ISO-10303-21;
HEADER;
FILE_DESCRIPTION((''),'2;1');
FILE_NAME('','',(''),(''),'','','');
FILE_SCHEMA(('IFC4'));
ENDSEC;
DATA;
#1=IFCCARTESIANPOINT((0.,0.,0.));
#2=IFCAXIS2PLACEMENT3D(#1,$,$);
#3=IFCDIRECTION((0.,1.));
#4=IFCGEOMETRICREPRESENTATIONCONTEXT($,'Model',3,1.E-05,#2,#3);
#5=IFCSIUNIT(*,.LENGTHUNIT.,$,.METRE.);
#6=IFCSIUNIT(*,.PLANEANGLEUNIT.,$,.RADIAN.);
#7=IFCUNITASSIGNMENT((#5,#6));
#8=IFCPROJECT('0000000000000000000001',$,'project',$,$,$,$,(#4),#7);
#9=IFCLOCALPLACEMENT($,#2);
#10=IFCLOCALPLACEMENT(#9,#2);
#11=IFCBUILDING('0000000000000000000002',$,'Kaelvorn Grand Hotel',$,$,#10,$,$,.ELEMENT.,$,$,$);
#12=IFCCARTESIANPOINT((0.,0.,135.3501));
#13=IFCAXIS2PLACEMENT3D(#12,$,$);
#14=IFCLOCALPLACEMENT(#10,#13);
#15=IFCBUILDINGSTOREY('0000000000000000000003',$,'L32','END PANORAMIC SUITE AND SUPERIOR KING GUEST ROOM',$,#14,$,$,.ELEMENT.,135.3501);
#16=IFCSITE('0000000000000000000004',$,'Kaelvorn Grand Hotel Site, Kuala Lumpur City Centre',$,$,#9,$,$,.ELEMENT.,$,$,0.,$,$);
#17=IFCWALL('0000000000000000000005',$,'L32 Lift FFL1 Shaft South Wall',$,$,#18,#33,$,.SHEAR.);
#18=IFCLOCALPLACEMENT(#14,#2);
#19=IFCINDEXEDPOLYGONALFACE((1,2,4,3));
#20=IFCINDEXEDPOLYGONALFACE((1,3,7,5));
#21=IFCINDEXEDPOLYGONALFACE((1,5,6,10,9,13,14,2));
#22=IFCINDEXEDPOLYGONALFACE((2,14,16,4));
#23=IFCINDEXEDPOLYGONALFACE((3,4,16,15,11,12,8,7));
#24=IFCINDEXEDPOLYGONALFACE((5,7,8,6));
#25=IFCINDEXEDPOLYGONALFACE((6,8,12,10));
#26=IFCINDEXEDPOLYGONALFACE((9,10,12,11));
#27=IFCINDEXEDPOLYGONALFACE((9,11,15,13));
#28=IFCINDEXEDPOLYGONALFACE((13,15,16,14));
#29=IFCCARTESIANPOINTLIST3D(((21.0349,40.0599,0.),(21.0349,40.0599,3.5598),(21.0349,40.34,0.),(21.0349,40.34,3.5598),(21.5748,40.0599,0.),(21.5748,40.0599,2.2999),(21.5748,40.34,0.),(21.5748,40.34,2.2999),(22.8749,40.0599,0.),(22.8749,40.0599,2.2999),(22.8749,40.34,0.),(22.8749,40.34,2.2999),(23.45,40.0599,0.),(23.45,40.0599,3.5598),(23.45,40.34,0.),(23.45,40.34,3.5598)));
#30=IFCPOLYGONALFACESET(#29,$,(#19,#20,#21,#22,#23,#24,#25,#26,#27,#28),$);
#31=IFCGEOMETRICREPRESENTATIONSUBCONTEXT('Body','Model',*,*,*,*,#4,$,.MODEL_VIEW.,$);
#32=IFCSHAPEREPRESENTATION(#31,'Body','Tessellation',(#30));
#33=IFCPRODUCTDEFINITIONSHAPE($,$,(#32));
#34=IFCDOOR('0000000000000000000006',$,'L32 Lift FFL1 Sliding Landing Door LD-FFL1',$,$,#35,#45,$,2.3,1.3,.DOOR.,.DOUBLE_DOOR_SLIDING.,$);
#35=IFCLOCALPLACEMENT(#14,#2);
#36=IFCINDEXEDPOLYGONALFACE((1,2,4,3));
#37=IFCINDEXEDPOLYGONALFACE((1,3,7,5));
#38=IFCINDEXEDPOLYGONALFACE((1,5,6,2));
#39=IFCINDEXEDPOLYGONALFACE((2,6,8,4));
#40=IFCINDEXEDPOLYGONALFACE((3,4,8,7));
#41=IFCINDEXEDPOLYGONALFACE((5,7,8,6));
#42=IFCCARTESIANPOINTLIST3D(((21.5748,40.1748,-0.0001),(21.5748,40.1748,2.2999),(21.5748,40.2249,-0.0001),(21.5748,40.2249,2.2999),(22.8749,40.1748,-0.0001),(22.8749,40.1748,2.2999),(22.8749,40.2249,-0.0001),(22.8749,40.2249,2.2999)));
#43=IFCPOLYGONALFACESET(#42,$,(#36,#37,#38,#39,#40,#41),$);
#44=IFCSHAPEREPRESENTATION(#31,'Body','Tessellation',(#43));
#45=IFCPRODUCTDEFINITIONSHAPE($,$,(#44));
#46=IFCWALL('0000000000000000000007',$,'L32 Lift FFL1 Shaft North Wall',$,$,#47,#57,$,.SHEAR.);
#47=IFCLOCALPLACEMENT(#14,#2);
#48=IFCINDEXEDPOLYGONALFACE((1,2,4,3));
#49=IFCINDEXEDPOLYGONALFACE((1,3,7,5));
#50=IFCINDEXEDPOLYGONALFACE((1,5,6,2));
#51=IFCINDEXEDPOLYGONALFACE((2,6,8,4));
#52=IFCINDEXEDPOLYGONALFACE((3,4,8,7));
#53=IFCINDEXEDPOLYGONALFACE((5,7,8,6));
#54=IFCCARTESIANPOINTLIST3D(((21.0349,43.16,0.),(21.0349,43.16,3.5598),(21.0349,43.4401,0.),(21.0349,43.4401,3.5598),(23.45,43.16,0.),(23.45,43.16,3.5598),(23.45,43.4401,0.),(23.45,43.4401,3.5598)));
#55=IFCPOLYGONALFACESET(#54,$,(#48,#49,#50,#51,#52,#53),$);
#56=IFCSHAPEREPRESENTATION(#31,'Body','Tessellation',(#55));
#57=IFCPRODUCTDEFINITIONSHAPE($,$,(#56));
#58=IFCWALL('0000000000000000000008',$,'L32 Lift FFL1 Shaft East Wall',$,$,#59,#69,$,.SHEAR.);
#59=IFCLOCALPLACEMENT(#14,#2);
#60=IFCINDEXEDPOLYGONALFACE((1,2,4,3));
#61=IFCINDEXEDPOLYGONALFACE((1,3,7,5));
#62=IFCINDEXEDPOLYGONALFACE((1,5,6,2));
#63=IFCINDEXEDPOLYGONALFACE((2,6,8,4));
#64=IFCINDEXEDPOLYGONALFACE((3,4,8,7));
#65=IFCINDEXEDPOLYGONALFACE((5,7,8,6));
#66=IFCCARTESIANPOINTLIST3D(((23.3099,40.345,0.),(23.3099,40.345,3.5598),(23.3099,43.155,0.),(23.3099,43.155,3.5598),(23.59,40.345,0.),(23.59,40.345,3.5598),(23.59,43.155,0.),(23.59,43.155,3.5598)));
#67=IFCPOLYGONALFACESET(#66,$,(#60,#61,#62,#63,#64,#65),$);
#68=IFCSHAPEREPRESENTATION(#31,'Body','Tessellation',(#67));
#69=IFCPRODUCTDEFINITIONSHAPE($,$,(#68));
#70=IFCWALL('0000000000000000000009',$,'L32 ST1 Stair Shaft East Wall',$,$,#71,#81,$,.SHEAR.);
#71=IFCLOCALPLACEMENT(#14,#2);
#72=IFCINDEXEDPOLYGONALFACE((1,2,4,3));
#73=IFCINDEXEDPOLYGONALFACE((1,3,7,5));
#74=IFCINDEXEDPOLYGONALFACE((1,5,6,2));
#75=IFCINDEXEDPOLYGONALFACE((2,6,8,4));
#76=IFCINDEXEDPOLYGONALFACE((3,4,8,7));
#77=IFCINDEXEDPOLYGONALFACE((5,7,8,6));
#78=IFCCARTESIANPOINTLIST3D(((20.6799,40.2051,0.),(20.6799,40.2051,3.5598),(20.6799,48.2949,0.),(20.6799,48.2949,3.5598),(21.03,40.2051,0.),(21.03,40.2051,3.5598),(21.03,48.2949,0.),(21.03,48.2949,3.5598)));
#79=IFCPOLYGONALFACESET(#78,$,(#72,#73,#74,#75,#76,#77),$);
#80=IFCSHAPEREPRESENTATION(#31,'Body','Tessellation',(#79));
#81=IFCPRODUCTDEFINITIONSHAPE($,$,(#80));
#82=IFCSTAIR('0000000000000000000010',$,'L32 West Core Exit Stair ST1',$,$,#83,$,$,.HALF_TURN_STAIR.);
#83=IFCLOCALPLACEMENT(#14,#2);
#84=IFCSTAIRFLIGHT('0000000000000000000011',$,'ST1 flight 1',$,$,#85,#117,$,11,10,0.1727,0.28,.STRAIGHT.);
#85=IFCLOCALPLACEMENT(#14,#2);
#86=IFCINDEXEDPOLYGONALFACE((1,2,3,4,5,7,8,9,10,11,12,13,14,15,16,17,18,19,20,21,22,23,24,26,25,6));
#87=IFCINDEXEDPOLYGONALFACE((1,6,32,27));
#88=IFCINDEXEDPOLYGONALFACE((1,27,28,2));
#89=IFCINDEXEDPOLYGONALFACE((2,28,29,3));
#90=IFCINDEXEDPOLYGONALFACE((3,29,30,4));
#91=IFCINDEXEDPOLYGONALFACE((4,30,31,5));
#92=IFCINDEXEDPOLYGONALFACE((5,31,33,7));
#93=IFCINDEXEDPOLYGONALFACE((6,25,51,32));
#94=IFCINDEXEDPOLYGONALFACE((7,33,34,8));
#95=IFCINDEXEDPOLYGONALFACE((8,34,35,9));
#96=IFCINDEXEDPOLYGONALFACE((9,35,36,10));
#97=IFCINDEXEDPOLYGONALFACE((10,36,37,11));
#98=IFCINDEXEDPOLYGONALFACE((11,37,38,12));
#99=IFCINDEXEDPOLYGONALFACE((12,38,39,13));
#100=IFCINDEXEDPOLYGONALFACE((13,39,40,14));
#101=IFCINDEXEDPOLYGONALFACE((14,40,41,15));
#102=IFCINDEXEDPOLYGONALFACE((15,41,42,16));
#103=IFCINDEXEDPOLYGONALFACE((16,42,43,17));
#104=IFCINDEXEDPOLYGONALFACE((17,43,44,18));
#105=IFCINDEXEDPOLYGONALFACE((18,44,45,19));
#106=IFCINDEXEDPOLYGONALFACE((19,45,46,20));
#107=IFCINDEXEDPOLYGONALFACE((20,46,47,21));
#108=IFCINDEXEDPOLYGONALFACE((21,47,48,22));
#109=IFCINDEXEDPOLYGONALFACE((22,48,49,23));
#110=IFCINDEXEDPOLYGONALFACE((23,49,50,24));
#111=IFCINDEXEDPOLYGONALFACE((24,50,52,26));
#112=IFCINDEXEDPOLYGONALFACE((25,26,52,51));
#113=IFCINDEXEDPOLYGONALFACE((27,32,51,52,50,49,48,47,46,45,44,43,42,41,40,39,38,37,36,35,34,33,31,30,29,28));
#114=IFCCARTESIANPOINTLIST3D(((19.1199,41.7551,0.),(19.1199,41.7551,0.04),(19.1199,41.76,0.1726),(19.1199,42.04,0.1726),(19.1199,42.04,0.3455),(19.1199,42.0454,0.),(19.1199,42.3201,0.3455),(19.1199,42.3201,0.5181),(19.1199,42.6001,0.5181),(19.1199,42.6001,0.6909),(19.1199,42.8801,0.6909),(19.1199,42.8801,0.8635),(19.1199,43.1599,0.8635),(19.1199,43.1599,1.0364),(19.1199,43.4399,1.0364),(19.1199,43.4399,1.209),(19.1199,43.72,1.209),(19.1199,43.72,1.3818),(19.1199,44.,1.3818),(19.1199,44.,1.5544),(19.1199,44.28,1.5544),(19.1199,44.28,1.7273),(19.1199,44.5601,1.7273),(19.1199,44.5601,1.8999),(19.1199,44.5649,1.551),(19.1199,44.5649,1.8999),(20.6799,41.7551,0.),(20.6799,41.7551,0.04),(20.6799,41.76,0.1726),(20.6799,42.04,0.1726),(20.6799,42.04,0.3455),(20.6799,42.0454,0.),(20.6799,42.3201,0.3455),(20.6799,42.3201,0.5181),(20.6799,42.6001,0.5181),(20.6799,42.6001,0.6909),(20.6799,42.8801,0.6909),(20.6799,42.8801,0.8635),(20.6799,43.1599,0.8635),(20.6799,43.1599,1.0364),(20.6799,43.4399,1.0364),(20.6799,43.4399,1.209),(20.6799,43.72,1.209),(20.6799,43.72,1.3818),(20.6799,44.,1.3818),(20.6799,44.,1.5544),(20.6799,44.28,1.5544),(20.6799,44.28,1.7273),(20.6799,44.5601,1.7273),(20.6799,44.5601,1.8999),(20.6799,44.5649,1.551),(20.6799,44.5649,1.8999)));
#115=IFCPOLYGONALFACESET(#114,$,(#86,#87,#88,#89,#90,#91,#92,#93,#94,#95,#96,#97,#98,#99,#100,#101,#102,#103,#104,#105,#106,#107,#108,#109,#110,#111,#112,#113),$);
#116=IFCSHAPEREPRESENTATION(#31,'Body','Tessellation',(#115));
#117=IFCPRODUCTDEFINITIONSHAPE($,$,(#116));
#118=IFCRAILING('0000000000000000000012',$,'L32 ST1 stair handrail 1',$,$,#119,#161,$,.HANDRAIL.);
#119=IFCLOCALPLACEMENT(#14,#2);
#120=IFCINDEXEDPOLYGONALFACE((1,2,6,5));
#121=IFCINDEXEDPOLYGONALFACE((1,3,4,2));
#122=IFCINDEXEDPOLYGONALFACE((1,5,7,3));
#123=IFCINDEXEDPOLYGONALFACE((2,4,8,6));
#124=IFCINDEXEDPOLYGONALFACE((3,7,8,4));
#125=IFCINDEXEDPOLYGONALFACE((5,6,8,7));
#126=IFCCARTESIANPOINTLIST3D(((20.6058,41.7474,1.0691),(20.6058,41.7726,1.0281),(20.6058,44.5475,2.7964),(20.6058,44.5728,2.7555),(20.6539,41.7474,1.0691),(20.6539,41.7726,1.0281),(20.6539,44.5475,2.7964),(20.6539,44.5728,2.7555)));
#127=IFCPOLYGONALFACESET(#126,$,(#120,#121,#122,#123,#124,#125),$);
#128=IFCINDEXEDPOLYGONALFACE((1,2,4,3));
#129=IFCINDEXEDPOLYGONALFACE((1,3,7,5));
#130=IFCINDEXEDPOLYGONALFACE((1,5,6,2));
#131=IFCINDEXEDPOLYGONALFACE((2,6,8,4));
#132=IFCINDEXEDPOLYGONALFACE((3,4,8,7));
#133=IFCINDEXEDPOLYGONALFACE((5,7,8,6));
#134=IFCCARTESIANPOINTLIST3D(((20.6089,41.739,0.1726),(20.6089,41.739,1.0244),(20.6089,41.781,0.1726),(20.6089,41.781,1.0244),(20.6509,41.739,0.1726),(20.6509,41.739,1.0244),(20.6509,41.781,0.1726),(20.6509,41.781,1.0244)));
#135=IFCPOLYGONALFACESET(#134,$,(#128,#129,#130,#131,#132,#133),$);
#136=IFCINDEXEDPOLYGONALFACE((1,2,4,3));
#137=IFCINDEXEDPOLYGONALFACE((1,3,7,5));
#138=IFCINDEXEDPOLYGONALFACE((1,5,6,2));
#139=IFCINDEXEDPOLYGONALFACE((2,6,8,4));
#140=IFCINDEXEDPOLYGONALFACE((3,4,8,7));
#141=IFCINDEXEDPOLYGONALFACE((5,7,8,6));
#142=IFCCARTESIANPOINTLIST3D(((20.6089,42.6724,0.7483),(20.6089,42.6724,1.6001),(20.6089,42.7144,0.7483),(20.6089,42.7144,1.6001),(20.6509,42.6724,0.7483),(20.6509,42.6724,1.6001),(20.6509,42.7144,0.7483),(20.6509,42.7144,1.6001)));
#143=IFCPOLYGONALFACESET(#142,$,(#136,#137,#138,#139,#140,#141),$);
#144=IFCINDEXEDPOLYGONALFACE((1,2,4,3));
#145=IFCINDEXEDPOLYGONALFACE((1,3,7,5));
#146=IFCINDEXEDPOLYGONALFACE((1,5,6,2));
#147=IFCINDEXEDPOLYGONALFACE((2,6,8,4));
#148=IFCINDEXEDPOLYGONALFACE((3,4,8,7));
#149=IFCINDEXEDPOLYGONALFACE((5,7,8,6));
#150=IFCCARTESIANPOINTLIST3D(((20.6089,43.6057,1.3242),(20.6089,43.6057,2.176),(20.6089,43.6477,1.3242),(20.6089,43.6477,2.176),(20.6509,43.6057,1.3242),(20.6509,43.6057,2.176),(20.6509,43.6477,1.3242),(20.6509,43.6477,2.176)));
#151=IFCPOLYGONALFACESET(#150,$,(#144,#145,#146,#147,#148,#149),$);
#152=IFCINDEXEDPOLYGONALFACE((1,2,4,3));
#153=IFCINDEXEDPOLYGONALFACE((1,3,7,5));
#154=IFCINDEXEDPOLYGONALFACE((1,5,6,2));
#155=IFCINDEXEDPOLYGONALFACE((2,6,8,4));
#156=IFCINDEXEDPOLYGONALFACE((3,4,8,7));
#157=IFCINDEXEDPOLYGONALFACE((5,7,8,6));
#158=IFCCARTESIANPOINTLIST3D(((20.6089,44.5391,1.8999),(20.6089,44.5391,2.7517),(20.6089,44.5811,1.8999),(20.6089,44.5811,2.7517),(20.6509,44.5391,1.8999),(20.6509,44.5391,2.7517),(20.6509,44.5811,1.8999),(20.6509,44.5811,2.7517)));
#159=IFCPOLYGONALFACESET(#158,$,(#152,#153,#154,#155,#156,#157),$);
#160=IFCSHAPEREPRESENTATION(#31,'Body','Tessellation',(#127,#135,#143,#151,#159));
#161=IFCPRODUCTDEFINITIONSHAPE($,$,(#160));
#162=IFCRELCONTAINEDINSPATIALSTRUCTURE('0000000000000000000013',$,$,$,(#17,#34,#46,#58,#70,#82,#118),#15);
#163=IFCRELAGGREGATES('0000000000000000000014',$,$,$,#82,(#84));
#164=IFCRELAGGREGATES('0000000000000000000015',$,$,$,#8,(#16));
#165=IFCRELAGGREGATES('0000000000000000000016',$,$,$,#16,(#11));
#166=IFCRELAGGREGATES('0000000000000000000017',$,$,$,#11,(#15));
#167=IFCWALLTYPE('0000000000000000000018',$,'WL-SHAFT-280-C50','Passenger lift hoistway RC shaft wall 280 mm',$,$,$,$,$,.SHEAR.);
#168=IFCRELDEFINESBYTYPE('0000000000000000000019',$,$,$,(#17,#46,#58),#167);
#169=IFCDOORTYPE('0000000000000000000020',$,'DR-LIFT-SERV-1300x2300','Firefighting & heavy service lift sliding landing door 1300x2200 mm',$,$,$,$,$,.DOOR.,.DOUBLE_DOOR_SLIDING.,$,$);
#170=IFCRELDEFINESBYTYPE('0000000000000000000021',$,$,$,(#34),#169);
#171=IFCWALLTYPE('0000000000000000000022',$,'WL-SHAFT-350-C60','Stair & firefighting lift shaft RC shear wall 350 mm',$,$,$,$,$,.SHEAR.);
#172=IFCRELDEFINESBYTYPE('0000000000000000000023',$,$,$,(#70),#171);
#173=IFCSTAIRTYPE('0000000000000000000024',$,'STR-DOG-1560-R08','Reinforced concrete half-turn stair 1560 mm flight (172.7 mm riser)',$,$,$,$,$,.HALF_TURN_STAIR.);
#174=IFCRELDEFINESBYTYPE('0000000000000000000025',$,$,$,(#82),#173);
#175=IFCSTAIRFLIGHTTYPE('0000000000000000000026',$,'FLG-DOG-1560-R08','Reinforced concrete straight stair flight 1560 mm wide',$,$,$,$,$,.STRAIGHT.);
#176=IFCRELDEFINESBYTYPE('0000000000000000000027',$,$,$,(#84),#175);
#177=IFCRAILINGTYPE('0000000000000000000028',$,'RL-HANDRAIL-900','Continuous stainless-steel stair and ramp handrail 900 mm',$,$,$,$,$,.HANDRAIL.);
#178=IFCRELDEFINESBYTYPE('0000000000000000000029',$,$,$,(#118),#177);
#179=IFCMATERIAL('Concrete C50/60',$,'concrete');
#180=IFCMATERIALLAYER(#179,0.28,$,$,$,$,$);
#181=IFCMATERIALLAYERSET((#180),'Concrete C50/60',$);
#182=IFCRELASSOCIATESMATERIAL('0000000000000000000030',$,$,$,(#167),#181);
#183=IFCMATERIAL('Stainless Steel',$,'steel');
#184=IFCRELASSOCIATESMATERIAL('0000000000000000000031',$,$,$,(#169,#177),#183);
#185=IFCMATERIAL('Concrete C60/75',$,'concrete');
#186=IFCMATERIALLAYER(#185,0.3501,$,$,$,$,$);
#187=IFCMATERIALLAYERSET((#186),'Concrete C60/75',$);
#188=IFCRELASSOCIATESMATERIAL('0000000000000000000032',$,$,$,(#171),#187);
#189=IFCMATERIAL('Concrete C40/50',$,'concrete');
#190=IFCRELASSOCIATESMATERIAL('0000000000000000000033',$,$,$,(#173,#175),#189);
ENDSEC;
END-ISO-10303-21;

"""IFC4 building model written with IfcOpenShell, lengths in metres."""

from ifc_helpers import new_model, si_unit, direction, frame, frame_2d, origin, origin_2d, place, context, subcontext, project, spatial, polyline, rectangle, outline, extrude, material, layer, layer_set, type_object, element, fill, aggregate, save


model = new_model("IFC4")

# Units and contexts
model_context = context("Model", 3, precision=1e-05, world=origin(), true_north=direction((0.0, 1.0)))
body_context = subcontext(model_context, "Body", "Model", "MODEL_VIEW")
ifc_project = project(units=[si_unit("LENGTHUNIT", "METRE"), si_unit("PLANEANGLEUNIT", "RADIAN")], contexts=[model_context])

# Site, building, storey
site_placement = place(None, origin())
site = spatial("IfcSite", under=ifc_project, at=site_placement, Name="Kaelvorn Grand Hotel Site, Kuala Lumpur City Centre", CompositionType="ELEMENT", RefElevation=0.0)
building_placement = place(site_placement, origin())
building = spatial("IfcBuilding", under=site, at=building_placement, Name="Kaelvorn Grand Hotel", CompositionType="ELEMENT")
storey_placement = place(building_placement, frame((0.0, 0.0, 135.3501)))
storey = spatial("IfcBuildingStorey", under=building, at=storey_placement, Name="L32", Description="END PANORAMIC SUITE AND SUPERIOR KING GUEST ROOM", CompositionType="ELEMENT", Elevation=135.3501)

# Shared definitions
ifc_material_1 = material(Name="Concrete C60/75", Category="concrete")

# Shared definitions
ifc_material_2 = material(Name="Concrete C40/50", Category="concrete")

# Wall, opening, door
ifc_material_3 = material(Name="Concrete C50/60", Category="concrete")
ifc_layer_1 = layer(ifc_material_3, 0.28)
ifc_layer_set_1 = layer_set([ifc_layer_1], Name="Concrete C50/60")
wall_type_1 = type_object("IfcWallType", Name="WL-SHAFT-280-C50", Description="Passenger lift hoistway RC shaft wall 280 mm", PredefinedType="SHEAR", material=ifc_layer_set_1)
wall_1_placement = place(storey_placement, frame((21.0349, 40.2, 0.0), z_axis=(0.0, 0.0, 1.0), x_axis=(1.0, 0.0, 0.0)))
wall_1 = element("IfcWall", 1, at=wall_1_placement, inside=storey, type_object=wall_type_1, Name="L32 Lift FFL1 Shaft South Wall", PredefinedType="SHEAR", context=body_context, shape_type="SweptSolid", body=[
    extrude(rectangle(XDim=2.415, YDim=0.28, at=frame_2d((1.2075, 0.0))), origin(), (0.0, 0.0, 1.0), 3.5598),
])
opening_1_placement = place(wall_1_placement, frame((0.54, 0.0, 0.0)))
opening_1 = element("IfcOpeningElement", 2, at=opening_1_placement, cuts=wall_1, PredefinedType="OPENING", context=body_context, shape_type="SweptSolid", body=[
    extrude(rectangle(XDim=1.3, YDim=2.3, at=frame_2d((0.6499, 1.1499))), frame((0.0, 0.1499, 0.0), z_axis=(0.0, -1.0, 0.0), x_axis=(1.0, 0.0, 0.0)), (0.0, 0.0, 1.0), 0.3),
])
ifc_material_4 = material(Name="Stainless Steel", Category="steel")
door_type_1 = type_object("IfcDoorType", Name="DR-LIFT-SERV-1300x2300", Description="Firefighting & heavy service lift sliding landing door 1300x2200 mm", OperationType="DOUBLE_DOOR_SLIDING", PredefinedType="DOOR", material=ifc_material_4)
door_1_placement = place(opening_1_placement, origin())
door_1 = element("IfcDoor", 3, at=door_1_placement, inside=storey, type_object=door_type_1, Name="L32 Lift FFL1 Sliding Landing Door LD-FFL1", OperationType="DOUBLE_DOOR_SLIDING", OverallHeight=2.3, OverallWidth=1.3, PredefinedType="DOOR", context=body_context, shape_type="SweptSolid", body=[
    extrude(rectangle(XDim=1.3, YDim=2.3, at=frame_2d((0.6499, 1.1499))), frame((0.0, 0.0249, 0.0), z_axis=(0.0, -1.0, 0.0), x_axis=(1.0, 0.0, 0.0)), (0.0, 0.0, 1.0), 0.05),
])
fill(opening_1, door_1)

# Walls
wall_2_placement = place(storey_placement, frame((21.0349, 43.3, 0.0), z_axis=(0.0, 0.0, 1.0), x_axis=(1.0, 0.0, 0.0)))
element("IfcWall", 4, at=wall_2_placement, inside=storey, type_object=wall_type_1, Name="L32 Lift FFL1 Shaft North Wall", PredefinedType="SHEAR", context=body_context, shape_type="SweptSolid", body=[
    extrude(rectangle(XDim=2.415, YDim=0.28, at=frame_2d((1.2075, 0.0))), origin(), (0.0, 0.0, 1.0), 3.5598),
])
wall_3_placement = place(storey_placement, frame((23.45, 40.345, 0.0), z_axis=(0.0, 0.0, 1.0), x_axis=(0.0, 1.0, 0.0)))
element("IfcWall", 5, at=wall_3_placement, inside=storey, type_object=wall_type_1, Name="L32 Lift FFL1 Shaft East Wall", PredefinedType="SHEAR", context=body_context, shape_type="SweptSolid", body=[
    extrude(rectangle(XDim=2.8101, YDim=0.28, at=frame_2d((1.405, 0.0))), origin(), (0.0, 0.0, 1.0), 3.5598),
])
ifc_layer_2 = layer(ifc_material_1, 0.3501)
ifc_layer_set_2 = layer_set([ifc_layer_2], Name="Concrete C60/75")
wall_type_2 = type_object("IfcWallType", Name="WL-SHAFT-350-C60", Description="Stair & firefighting lift shaft RC shear wall 350 mm", PredefinedType="SHEAR", material=ifc_layer_set_2)
wall_4_placement = place(storey_placement, frame((20.855, 40.2051, 0.0), z_axis=(0.0, 0.0, 1.0), x_axis=(0.0, 1.0, 0.0)))
element("IfcWall", 6, at=wall_4_placement, inside=storey, type_object=wall_type_2, Name="L32 ST1 Stair Shaft East Wall", PredefinedType="SHEAR", context=body_context, shape_type="SweptSolid", body=[
    extrude(rectangle(XDim=8.0898, YDim=0.3501, at=frame_2d((4.0449, 0.0))), origin(), (0.0, 0.0, 1.0), 3.5598),
])

# Stair, stair flight
stair_type = type_object("IfcStairType", Name="STR-DOG-1560-R08", Description="Reinforced concrete half-turn stair 1560 mm flight (172.7 mm riser)", PredefinedType="HALF_TURN_STAIR", material=ifc_material_2)
stair_placement = place(storey_placement, origin())
stair = element("IfcStair", 7, at=stair_placement, inside=storey, type_object=stair_type, Name="L32 West Core Exit Stair ST1", PredefinedType="HALF_TURN_STAIR")
stair_flight_type = type_object("IfcStairFlightType", Name="FLG-DOG-1560-R08", Description="Reinforced concrete straight stair flight 1560 mm wide", PredefinedType="STRAIGHT", material=ifc_material_2)
stair_flight_placement = place(storey_placement, frame((19.8999, 41.76, 0.0), z_axis=(0.0, 0.0, 1.0), x_axis=(0.0, 1.0, 0.0)))
stair_flight = element("IfcStairFlight", 8, at=stair_flight_placement, type_object=stair_flight_type, Name="ST1 flight 1", NumberOfRisers=11, NumberOfTreads=10, PredefinedType="STRAIGHT", RiserHeight=0.1727, TreadLength=0.28, context=body_context, shape_type="SweptSolid", body=[
    extrude(outline(polyline([(-0.0049, 0.0), (-0.0049, 0.04), (0.0, 0.1726), (0.28, 0.1726), (0.28, 0.3455), (0.5601, 0.3455), (0.5601, 0.5181), (0.8401, 0.5181), (0.8401, 0.6909), (1.1201, 0.6909), (1.1201, 0.8635), (1.3999, 0.8635), (1.3999, 1.0364), (1.6799, 1.0364), (1.6799, 1.209), (1.96, 1.209), (1.96, 1.3818), (2.24, 1.3818), (2.24, 1.5544), (2.52, 1.5544), (2.52, 1.7273), (2.8, 1.7273), (2.8, 1.8999), (2.8049, 1.8999), (2.8049, 1.551), (0.2854, 0.0), (-0.0049, 0.0)])), frame((0.0, 0.78, 0.0), z_axis=(0.0, -1.0, 0.0), x_axis=(1.0, 0.0, 0.0)), (0.0, 0.0, 1.0), 1.5601),
])
aggregate(stair, [stair_flight])

# Railing
railing_type = type_object("IfcRailingType", Name="RL-HANDRAIL-900", Description="Continuous stainless-steel stair and ramp handrail 900 mm", PredefinedType="HANDRAIL", material=ifc_material_4)
railing_placement = place(storey_placement, frame((20.6299, 41.76, 0.1726)))
element("IfcRailing", 9, at=railing_placement, inside=storey, type_object=railing_type, Name="L32 ST1 stair handrail 1", PredefinedType="HANDRAIL", context=body_context, shape_type="SweptSolid", body=[
    extrude(rectangle(XDim=0.0481, YDim=0.0481, at=origin_2d()), frame((0.0, 0.0, 0.876), z_axis=(0.0, 0.85109, 0.52502), x_axis=(-1.0, 0.0, 0.0)), (0.0, 0.0, 1.0), 3.29),
    extrude(rectangle(XDim=0.042, YDim=0.042, at=origin_2d()), origin(), (0.0, 0.0, 1.0), 0.8518),
    extrude(rectangle(XDim=0.042, YDim=0.042, at=origin_2d()), frame((0.0, 0.9333, 0.5757)), (0.0, 0.0, 1.0), 0.8518),
    extrude(rectangle(XDim=0.042, YDim=0.042, at=origin_2d()), frame((0.0, 1.8667, 1.1516)), (0.0, 0.0, 1.0), 0.8518),
    extrude(rectangle(XDim=0.042, YDim=0.042, at=origin_2d()), frame((0.0, 2.8, 1.7273)), (0.0, 0.0, 1.0), 0.8518),
])

save(model, "model.ifc")
